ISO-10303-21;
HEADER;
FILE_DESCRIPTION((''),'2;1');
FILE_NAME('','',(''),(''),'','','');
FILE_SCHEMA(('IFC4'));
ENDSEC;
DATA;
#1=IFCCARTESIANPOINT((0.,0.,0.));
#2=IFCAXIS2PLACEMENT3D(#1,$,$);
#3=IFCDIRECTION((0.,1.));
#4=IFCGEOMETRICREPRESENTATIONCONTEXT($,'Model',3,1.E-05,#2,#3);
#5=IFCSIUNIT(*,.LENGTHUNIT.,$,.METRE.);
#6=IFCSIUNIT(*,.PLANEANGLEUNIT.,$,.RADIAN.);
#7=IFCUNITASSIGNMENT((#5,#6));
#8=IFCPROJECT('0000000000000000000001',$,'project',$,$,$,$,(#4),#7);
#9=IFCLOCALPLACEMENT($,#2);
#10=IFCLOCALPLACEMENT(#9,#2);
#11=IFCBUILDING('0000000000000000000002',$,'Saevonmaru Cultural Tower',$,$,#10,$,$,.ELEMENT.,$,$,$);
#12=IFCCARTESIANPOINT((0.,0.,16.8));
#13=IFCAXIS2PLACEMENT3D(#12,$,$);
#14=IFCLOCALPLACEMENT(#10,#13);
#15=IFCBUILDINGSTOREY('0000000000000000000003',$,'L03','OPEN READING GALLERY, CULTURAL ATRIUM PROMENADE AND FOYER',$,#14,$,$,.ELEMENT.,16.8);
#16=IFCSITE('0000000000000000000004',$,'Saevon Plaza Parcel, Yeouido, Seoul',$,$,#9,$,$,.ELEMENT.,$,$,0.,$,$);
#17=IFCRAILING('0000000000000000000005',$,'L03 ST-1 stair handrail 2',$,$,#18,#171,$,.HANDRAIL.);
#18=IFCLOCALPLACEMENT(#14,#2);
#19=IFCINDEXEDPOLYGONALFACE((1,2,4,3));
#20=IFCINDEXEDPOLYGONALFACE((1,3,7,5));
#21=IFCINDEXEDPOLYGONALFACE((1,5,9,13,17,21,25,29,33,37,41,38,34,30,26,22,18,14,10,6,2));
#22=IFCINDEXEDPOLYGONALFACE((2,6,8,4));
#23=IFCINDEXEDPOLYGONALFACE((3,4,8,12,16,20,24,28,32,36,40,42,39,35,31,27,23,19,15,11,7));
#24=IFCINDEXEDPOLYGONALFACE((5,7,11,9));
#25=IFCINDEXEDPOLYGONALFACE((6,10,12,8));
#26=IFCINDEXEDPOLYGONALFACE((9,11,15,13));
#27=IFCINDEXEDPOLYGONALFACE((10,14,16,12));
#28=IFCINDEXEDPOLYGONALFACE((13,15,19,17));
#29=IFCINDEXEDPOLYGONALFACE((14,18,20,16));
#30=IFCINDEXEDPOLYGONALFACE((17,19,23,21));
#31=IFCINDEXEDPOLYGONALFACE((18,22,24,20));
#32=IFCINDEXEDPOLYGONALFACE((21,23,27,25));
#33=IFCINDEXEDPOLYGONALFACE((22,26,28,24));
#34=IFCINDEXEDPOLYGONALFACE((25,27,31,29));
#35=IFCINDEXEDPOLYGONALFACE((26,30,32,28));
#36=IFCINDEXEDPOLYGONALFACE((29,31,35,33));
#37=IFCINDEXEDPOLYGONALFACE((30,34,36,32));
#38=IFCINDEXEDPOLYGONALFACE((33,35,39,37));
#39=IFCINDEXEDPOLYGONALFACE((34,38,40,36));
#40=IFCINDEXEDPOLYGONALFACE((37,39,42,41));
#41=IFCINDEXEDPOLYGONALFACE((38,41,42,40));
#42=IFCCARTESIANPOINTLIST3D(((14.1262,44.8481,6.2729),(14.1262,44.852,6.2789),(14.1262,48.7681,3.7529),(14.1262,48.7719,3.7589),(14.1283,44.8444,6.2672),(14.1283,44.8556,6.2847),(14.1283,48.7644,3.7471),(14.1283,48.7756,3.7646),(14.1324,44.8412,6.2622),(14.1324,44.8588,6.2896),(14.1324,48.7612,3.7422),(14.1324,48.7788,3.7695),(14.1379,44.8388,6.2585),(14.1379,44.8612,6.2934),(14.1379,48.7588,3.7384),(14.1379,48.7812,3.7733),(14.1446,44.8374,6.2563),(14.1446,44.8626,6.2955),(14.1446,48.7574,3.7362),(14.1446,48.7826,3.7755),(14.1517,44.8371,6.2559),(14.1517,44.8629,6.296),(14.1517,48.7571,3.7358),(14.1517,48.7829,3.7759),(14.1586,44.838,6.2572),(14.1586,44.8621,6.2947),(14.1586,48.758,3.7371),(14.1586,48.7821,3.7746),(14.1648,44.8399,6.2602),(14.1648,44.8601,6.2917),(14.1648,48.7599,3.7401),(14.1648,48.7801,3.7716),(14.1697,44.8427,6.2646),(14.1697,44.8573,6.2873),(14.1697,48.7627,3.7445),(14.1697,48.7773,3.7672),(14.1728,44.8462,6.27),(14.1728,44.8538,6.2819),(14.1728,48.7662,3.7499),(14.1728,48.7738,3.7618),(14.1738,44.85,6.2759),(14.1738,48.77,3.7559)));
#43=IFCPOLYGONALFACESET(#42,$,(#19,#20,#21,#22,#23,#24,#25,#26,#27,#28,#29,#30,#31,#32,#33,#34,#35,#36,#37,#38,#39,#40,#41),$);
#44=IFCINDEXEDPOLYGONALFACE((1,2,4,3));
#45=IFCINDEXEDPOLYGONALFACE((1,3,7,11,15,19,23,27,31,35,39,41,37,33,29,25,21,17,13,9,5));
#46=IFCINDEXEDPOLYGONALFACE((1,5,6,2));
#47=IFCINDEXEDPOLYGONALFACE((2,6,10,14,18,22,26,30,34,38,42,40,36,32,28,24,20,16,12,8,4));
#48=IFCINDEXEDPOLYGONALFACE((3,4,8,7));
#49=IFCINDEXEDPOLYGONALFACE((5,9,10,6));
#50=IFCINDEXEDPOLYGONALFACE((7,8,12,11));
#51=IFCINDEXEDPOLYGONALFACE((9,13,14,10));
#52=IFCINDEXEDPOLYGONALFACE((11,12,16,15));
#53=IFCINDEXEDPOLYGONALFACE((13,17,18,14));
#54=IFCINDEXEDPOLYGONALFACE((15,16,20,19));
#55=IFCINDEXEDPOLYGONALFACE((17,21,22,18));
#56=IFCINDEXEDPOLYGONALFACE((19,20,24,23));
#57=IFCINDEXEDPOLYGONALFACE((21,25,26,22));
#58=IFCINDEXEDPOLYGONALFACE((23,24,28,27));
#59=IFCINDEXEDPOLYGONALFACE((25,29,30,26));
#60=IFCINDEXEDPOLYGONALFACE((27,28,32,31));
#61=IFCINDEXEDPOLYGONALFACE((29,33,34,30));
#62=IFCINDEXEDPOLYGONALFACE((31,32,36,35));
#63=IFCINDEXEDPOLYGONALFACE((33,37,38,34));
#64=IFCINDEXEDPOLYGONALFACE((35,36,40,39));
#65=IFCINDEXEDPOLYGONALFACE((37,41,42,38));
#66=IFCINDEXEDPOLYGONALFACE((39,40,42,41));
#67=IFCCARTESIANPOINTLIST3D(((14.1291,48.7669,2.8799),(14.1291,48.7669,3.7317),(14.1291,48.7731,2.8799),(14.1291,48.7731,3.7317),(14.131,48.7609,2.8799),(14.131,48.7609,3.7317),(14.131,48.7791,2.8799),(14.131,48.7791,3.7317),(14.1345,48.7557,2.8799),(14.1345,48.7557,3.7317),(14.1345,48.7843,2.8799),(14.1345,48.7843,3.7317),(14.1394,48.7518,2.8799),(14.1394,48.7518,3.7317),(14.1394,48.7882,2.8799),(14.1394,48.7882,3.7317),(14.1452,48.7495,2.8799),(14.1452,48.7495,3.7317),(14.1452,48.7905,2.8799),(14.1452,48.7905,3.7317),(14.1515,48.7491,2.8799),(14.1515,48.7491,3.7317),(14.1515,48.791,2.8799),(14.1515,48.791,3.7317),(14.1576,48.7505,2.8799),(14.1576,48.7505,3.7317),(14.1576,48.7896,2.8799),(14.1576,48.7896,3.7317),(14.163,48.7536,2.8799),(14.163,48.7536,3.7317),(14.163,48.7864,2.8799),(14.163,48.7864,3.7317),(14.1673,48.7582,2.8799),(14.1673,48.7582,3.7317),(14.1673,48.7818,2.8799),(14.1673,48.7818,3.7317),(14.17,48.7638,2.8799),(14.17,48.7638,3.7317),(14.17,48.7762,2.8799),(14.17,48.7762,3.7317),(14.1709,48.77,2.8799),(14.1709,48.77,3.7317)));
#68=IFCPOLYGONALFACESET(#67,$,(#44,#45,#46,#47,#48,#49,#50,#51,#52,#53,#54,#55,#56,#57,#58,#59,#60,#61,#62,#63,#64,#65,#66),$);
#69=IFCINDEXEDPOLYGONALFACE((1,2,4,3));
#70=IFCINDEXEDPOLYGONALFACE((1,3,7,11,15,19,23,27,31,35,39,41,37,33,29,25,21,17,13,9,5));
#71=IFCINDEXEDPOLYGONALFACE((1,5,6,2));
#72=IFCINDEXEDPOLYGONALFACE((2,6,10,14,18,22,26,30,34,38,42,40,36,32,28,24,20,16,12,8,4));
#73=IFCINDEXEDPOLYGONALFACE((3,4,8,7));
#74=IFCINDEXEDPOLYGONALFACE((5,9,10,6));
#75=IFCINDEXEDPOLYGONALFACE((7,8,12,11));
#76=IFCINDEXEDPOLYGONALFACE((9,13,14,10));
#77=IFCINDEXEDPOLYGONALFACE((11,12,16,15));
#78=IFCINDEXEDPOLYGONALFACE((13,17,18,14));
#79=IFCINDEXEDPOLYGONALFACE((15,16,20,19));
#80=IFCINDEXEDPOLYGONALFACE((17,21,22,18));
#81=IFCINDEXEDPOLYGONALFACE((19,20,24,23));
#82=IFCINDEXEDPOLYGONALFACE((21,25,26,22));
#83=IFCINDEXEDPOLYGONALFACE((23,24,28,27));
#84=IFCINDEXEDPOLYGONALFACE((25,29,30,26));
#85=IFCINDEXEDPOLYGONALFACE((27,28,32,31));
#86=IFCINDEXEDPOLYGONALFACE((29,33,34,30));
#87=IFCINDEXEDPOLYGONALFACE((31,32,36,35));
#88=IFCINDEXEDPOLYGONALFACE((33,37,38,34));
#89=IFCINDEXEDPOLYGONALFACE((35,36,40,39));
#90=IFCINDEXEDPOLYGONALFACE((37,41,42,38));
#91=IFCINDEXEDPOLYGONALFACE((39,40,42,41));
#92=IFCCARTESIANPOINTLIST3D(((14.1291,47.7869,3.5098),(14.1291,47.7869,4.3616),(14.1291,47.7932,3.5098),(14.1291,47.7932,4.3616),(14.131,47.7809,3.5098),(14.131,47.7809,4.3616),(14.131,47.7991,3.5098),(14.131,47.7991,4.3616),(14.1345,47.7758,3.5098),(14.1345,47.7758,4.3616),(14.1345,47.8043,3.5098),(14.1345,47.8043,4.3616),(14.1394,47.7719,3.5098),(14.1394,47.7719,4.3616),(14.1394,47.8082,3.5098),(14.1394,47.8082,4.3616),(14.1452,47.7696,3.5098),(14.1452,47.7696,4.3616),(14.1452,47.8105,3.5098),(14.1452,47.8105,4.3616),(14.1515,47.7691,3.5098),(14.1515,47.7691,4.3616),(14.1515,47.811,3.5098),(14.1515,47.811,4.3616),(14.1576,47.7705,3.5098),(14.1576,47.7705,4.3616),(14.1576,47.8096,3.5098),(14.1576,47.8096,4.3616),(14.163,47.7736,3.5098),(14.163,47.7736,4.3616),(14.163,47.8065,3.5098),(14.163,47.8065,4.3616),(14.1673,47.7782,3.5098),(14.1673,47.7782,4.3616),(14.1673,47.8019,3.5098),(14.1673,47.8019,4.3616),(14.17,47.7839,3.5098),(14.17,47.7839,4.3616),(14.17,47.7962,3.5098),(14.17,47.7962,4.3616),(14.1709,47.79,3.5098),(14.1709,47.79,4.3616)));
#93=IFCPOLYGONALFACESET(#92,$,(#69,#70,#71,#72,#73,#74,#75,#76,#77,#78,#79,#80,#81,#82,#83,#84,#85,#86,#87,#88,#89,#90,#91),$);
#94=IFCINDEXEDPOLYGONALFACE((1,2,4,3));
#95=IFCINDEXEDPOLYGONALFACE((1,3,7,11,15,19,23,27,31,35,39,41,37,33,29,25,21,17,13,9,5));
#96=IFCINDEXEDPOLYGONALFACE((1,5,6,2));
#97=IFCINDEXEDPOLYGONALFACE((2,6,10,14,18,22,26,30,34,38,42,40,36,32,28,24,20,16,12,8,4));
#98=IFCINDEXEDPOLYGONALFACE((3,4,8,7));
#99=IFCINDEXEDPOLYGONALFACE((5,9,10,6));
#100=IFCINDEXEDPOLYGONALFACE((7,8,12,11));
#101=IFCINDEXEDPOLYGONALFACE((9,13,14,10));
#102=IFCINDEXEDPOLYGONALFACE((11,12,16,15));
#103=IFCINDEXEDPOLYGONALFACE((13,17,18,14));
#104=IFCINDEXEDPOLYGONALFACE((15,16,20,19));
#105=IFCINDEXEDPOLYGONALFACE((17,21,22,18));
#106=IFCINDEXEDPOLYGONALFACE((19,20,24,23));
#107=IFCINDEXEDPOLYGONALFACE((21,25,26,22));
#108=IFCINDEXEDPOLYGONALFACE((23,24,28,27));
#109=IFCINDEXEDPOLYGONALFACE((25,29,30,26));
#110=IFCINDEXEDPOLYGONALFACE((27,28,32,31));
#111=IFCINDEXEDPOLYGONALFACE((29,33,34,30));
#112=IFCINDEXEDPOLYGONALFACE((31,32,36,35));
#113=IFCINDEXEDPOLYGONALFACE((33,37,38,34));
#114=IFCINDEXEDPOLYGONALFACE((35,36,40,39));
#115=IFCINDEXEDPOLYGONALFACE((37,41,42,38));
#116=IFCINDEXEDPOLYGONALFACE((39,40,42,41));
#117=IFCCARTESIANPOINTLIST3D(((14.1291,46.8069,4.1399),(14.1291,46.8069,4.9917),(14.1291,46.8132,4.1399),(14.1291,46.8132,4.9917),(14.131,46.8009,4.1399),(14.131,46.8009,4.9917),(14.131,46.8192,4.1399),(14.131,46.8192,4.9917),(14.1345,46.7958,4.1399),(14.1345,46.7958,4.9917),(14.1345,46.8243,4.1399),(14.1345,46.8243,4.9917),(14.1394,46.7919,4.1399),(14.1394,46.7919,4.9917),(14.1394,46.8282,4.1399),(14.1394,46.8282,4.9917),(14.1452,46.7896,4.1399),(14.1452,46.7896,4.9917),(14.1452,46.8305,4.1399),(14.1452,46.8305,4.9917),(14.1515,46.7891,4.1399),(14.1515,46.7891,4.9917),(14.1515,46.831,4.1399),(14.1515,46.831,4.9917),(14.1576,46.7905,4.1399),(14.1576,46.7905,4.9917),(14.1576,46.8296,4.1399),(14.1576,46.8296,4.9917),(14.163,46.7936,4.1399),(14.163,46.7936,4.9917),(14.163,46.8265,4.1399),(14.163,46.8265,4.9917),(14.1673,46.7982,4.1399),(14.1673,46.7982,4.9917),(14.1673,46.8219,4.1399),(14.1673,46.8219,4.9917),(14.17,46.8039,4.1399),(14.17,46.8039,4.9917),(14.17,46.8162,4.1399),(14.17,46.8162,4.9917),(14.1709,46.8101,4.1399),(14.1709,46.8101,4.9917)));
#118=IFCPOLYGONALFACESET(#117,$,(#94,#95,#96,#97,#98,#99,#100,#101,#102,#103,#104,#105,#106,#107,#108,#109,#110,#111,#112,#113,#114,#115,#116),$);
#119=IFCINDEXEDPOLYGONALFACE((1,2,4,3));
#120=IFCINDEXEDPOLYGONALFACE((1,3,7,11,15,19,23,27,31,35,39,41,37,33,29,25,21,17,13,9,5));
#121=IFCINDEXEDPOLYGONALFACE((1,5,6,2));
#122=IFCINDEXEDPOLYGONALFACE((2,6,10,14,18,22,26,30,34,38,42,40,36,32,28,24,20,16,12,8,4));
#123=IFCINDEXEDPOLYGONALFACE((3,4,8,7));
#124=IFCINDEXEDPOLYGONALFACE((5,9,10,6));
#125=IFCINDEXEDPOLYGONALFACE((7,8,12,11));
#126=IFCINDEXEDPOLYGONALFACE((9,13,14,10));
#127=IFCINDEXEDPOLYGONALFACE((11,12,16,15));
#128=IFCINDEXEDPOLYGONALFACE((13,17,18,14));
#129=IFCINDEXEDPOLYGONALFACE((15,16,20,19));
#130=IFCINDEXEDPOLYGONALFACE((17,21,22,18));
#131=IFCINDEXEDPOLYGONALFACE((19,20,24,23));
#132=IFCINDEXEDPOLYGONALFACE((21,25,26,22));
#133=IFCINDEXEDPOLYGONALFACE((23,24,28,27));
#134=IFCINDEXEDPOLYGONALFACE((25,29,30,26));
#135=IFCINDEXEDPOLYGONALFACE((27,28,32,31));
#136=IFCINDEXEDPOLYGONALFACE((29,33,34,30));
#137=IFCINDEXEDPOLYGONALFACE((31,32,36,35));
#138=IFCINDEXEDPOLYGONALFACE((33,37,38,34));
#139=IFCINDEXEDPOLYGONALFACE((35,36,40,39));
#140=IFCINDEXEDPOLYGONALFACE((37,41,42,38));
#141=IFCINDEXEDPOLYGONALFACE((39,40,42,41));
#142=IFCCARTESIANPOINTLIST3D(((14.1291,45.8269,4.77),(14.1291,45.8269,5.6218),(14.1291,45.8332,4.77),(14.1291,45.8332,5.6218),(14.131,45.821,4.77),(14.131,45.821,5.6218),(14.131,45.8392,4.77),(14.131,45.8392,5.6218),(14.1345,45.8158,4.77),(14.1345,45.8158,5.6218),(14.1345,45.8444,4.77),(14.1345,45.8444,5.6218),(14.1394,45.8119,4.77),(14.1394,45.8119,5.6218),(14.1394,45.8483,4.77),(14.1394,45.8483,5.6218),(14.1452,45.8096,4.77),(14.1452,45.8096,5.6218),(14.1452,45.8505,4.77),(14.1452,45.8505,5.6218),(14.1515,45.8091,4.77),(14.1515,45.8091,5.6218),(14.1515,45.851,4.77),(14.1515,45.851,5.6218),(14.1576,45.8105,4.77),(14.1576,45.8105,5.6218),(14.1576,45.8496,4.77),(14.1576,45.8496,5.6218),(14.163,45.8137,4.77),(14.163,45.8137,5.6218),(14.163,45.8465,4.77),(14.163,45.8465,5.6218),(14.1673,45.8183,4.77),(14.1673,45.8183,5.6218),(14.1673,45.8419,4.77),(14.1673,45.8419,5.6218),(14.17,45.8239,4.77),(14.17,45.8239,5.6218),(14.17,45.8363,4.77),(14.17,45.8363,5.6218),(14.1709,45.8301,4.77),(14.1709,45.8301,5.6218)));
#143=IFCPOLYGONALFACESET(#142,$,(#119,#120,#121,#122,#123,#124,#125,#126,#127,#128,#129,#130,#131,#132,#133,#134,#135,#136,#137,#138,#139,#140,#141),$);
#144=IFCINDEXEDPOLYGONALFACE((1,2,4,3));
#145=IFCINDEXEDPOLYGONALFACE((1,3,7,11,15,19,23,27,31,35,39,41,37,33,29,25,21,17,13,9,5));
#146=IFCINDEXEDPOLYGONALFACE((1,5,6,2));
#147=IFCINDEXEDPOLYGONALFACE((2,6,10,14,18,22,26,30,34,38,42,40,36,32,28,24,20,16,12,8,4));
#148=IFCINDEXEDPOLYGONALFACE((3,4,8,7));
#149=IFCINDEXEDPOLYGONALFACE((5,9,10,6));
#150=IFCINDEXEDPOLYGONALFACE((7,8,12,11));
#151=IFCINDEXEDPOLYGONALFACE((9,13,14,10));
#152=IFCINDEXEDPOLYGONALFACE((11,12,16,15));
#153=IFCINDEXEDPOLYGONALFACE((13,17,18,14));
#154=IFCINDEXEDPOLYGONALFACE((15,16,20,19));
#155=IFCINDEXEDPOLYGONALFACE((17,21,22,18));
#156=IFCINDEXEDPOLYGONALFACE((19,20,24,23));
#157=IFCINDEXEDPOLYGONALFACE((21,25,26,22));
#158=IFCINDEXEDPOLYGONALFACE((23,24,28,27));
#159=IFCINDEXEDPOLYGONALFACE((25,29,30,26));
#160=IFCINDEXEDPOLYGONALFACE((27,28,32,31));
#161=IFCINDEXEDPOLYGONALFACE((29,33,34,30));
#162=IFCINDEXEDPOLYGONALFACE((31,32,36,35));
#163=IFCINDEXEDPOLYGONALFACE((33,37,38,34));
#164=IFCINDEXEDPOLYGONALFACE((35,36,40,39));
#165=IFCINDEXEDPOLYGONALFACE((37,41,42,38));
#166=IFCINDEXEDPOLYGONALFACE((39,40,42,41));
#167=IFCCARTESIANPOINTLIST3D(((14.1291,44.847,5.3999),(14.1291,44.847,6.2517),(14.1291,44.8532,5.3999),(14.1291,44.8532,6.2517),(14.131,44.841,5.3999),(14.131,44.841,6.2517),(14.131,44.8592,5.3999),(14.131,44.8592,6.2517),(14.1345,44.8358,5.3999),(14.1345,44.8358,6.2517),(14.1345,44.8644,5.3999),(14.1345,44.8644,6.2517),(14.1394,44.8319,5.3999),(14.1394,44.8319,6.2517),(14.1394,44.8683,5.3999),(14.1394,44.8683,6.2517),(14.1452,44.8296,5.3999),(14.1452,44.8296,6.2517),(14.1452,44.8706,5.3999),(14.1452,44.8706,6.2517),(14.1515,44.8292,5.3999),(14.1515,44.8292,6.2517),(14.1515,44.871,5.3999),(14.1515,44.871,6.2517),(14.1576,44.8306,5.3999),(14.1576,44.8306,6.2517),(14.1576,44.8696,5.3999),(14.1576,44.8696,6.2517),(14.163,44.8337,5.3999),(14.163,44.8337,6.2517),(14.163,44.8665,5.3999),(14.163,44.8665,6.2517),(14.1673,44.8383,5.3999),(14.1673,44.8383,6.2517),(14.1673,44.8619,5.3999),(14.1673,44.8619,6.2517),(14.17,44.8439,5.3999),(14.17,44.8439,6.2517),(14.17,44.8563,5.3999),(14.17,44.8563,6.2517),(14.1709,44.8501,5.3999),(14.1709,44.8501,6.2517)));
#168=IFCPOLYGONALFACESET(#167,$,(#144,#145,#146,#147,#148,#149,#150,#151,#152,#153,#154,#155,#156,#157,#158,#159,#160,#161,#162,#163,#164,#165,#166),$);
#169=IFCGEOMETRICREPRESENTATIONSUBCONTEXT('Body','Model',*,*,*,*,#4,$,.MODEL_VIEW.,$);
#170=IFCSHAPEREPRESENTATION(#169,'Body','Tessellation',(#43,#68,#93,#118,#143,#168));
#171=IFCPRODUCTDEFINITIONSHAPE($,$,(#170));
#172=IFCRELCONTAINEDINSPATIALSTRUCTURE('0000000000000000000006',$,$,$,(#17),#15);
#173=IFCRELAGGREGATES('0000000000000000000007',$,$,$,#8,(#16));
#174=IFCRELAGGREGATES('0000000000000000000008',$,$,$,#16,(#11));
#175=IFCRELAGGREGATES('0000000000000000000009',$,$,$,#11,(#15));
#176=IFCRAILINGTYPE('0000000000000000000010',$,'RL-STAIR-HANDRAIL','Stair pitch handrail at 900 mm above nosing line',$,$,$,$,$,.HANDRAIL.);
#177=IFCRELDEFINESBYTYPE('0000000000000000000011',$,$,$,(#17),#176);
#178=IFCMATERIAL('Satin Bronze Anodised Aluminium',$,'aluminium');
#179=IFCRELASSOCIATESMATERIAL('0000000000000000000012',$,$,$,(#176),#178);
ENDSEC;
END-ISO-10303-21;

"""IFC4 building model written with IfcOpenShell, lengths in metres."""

from ifc_helpers import new_model, si_unit, direction, frame, origin, origin_2d, place, context, subcontext, project, spatial, circle, extrude, material, type_object, element, save


model = new_model("IFC4")

# Units and contexts
model_context = context("Model", 3, precision=1e-05, world=origin(), true_north=direction((0.0, 1.0)))
body_context = subcontext(model_context, "Body", "Model", "MODEL_VIEW")
ifc_project = project(units=[si_unit("LENGTHUNIT", "METRE"), si_unit("PLANEANGLEUNIT", "RADIAN")], contexts=[model_context])

# Site, building, storey
site_placement = place(None, origin())
site = spatial("IfcSite", under=ifc_project, at=site_placement, Name="Saevon Plaza Parcel, Yeouido, Seoul", CompositionType="ELEMENT", RefElevation=0.0)
building_placement = place(site_placement, origin())
building = spatial("IfcBuilding", under=site, at=building_placement, Name="Saevonmaru Cultural Tower", CompositionType="ELEMENT")
storey_placement = place(building_placement, frame((0.0, 0.0, 16.8)))
storey = spatial("IfcBuildingStorey", under=building, at=storey_placement, Name="L03", Description="OPEN READING GALLERY, CULTURAL ATRIUM PROMENADE AND FOYER", CompositionType="ELEMENT", Elevation=16.8)

# Shared definitions
ifc_material_1 = material(Name="Satin Bronze Anodised Aluminium", Category="aluminium")

# Railing
railing_type_1 = type_object("IfcRailingType", Name="RL-STAIR-HANDRAIL", Description="Stair pitch handrail at 900 mm above nosing line", PredefinedType="HANDRAIL", material=ifc_material_1)
railing_1_placement = place(storey_placement, frame((14.1499, 48.77, 2.8799)))
element("IfcRailing", 1, at=railing_1_placement, inside=storey, type_object=railing_type_1, Name="L03 ST-1 stair handrail 2", PredefinedType="HANDRAIL", context=body_context, shape_type="SweptSolid", body=[
    extrude(circle(Radius=0.0239, at=origin_2d()), frame((0.0, 0.0, 0.876), z_axis=(0.0, -0.841172, 0.540768), x_axis=(1.0, 0.0, 0.0)), (0.0, 0.0, 1.0), 4.6602),
    extrude(circle(Radius=0.021, at=origin_2d()), origin(), (0.0, 0.0, 1.0), 0.8518),
    extrude(circle(Radius=0.021, at=origin_2d()), frame((0.0, -0.98, 0.6299)), (0.0, 0.0, 1.0), 0.8518),
    extrude(circle(Radius=0.021, at=origin_2d()), frame((0.0, -1.96, 1.26)), (0.0, 0.0, 1.0), 0.8518),
    extrude(circle(Radius=0.021, at=origin_2d()), frame((0.0, -2.9399, 1.8901)), (0.0, 0.0, 1.0), 0.8518),
    extrude(circle(Radius=0.021, at=origin_2d()), frame((0.0, -3.9199, 2.52)), (0.0, 0.0, 1.0), 0.8518),
])

save(model, "model.ifc")
